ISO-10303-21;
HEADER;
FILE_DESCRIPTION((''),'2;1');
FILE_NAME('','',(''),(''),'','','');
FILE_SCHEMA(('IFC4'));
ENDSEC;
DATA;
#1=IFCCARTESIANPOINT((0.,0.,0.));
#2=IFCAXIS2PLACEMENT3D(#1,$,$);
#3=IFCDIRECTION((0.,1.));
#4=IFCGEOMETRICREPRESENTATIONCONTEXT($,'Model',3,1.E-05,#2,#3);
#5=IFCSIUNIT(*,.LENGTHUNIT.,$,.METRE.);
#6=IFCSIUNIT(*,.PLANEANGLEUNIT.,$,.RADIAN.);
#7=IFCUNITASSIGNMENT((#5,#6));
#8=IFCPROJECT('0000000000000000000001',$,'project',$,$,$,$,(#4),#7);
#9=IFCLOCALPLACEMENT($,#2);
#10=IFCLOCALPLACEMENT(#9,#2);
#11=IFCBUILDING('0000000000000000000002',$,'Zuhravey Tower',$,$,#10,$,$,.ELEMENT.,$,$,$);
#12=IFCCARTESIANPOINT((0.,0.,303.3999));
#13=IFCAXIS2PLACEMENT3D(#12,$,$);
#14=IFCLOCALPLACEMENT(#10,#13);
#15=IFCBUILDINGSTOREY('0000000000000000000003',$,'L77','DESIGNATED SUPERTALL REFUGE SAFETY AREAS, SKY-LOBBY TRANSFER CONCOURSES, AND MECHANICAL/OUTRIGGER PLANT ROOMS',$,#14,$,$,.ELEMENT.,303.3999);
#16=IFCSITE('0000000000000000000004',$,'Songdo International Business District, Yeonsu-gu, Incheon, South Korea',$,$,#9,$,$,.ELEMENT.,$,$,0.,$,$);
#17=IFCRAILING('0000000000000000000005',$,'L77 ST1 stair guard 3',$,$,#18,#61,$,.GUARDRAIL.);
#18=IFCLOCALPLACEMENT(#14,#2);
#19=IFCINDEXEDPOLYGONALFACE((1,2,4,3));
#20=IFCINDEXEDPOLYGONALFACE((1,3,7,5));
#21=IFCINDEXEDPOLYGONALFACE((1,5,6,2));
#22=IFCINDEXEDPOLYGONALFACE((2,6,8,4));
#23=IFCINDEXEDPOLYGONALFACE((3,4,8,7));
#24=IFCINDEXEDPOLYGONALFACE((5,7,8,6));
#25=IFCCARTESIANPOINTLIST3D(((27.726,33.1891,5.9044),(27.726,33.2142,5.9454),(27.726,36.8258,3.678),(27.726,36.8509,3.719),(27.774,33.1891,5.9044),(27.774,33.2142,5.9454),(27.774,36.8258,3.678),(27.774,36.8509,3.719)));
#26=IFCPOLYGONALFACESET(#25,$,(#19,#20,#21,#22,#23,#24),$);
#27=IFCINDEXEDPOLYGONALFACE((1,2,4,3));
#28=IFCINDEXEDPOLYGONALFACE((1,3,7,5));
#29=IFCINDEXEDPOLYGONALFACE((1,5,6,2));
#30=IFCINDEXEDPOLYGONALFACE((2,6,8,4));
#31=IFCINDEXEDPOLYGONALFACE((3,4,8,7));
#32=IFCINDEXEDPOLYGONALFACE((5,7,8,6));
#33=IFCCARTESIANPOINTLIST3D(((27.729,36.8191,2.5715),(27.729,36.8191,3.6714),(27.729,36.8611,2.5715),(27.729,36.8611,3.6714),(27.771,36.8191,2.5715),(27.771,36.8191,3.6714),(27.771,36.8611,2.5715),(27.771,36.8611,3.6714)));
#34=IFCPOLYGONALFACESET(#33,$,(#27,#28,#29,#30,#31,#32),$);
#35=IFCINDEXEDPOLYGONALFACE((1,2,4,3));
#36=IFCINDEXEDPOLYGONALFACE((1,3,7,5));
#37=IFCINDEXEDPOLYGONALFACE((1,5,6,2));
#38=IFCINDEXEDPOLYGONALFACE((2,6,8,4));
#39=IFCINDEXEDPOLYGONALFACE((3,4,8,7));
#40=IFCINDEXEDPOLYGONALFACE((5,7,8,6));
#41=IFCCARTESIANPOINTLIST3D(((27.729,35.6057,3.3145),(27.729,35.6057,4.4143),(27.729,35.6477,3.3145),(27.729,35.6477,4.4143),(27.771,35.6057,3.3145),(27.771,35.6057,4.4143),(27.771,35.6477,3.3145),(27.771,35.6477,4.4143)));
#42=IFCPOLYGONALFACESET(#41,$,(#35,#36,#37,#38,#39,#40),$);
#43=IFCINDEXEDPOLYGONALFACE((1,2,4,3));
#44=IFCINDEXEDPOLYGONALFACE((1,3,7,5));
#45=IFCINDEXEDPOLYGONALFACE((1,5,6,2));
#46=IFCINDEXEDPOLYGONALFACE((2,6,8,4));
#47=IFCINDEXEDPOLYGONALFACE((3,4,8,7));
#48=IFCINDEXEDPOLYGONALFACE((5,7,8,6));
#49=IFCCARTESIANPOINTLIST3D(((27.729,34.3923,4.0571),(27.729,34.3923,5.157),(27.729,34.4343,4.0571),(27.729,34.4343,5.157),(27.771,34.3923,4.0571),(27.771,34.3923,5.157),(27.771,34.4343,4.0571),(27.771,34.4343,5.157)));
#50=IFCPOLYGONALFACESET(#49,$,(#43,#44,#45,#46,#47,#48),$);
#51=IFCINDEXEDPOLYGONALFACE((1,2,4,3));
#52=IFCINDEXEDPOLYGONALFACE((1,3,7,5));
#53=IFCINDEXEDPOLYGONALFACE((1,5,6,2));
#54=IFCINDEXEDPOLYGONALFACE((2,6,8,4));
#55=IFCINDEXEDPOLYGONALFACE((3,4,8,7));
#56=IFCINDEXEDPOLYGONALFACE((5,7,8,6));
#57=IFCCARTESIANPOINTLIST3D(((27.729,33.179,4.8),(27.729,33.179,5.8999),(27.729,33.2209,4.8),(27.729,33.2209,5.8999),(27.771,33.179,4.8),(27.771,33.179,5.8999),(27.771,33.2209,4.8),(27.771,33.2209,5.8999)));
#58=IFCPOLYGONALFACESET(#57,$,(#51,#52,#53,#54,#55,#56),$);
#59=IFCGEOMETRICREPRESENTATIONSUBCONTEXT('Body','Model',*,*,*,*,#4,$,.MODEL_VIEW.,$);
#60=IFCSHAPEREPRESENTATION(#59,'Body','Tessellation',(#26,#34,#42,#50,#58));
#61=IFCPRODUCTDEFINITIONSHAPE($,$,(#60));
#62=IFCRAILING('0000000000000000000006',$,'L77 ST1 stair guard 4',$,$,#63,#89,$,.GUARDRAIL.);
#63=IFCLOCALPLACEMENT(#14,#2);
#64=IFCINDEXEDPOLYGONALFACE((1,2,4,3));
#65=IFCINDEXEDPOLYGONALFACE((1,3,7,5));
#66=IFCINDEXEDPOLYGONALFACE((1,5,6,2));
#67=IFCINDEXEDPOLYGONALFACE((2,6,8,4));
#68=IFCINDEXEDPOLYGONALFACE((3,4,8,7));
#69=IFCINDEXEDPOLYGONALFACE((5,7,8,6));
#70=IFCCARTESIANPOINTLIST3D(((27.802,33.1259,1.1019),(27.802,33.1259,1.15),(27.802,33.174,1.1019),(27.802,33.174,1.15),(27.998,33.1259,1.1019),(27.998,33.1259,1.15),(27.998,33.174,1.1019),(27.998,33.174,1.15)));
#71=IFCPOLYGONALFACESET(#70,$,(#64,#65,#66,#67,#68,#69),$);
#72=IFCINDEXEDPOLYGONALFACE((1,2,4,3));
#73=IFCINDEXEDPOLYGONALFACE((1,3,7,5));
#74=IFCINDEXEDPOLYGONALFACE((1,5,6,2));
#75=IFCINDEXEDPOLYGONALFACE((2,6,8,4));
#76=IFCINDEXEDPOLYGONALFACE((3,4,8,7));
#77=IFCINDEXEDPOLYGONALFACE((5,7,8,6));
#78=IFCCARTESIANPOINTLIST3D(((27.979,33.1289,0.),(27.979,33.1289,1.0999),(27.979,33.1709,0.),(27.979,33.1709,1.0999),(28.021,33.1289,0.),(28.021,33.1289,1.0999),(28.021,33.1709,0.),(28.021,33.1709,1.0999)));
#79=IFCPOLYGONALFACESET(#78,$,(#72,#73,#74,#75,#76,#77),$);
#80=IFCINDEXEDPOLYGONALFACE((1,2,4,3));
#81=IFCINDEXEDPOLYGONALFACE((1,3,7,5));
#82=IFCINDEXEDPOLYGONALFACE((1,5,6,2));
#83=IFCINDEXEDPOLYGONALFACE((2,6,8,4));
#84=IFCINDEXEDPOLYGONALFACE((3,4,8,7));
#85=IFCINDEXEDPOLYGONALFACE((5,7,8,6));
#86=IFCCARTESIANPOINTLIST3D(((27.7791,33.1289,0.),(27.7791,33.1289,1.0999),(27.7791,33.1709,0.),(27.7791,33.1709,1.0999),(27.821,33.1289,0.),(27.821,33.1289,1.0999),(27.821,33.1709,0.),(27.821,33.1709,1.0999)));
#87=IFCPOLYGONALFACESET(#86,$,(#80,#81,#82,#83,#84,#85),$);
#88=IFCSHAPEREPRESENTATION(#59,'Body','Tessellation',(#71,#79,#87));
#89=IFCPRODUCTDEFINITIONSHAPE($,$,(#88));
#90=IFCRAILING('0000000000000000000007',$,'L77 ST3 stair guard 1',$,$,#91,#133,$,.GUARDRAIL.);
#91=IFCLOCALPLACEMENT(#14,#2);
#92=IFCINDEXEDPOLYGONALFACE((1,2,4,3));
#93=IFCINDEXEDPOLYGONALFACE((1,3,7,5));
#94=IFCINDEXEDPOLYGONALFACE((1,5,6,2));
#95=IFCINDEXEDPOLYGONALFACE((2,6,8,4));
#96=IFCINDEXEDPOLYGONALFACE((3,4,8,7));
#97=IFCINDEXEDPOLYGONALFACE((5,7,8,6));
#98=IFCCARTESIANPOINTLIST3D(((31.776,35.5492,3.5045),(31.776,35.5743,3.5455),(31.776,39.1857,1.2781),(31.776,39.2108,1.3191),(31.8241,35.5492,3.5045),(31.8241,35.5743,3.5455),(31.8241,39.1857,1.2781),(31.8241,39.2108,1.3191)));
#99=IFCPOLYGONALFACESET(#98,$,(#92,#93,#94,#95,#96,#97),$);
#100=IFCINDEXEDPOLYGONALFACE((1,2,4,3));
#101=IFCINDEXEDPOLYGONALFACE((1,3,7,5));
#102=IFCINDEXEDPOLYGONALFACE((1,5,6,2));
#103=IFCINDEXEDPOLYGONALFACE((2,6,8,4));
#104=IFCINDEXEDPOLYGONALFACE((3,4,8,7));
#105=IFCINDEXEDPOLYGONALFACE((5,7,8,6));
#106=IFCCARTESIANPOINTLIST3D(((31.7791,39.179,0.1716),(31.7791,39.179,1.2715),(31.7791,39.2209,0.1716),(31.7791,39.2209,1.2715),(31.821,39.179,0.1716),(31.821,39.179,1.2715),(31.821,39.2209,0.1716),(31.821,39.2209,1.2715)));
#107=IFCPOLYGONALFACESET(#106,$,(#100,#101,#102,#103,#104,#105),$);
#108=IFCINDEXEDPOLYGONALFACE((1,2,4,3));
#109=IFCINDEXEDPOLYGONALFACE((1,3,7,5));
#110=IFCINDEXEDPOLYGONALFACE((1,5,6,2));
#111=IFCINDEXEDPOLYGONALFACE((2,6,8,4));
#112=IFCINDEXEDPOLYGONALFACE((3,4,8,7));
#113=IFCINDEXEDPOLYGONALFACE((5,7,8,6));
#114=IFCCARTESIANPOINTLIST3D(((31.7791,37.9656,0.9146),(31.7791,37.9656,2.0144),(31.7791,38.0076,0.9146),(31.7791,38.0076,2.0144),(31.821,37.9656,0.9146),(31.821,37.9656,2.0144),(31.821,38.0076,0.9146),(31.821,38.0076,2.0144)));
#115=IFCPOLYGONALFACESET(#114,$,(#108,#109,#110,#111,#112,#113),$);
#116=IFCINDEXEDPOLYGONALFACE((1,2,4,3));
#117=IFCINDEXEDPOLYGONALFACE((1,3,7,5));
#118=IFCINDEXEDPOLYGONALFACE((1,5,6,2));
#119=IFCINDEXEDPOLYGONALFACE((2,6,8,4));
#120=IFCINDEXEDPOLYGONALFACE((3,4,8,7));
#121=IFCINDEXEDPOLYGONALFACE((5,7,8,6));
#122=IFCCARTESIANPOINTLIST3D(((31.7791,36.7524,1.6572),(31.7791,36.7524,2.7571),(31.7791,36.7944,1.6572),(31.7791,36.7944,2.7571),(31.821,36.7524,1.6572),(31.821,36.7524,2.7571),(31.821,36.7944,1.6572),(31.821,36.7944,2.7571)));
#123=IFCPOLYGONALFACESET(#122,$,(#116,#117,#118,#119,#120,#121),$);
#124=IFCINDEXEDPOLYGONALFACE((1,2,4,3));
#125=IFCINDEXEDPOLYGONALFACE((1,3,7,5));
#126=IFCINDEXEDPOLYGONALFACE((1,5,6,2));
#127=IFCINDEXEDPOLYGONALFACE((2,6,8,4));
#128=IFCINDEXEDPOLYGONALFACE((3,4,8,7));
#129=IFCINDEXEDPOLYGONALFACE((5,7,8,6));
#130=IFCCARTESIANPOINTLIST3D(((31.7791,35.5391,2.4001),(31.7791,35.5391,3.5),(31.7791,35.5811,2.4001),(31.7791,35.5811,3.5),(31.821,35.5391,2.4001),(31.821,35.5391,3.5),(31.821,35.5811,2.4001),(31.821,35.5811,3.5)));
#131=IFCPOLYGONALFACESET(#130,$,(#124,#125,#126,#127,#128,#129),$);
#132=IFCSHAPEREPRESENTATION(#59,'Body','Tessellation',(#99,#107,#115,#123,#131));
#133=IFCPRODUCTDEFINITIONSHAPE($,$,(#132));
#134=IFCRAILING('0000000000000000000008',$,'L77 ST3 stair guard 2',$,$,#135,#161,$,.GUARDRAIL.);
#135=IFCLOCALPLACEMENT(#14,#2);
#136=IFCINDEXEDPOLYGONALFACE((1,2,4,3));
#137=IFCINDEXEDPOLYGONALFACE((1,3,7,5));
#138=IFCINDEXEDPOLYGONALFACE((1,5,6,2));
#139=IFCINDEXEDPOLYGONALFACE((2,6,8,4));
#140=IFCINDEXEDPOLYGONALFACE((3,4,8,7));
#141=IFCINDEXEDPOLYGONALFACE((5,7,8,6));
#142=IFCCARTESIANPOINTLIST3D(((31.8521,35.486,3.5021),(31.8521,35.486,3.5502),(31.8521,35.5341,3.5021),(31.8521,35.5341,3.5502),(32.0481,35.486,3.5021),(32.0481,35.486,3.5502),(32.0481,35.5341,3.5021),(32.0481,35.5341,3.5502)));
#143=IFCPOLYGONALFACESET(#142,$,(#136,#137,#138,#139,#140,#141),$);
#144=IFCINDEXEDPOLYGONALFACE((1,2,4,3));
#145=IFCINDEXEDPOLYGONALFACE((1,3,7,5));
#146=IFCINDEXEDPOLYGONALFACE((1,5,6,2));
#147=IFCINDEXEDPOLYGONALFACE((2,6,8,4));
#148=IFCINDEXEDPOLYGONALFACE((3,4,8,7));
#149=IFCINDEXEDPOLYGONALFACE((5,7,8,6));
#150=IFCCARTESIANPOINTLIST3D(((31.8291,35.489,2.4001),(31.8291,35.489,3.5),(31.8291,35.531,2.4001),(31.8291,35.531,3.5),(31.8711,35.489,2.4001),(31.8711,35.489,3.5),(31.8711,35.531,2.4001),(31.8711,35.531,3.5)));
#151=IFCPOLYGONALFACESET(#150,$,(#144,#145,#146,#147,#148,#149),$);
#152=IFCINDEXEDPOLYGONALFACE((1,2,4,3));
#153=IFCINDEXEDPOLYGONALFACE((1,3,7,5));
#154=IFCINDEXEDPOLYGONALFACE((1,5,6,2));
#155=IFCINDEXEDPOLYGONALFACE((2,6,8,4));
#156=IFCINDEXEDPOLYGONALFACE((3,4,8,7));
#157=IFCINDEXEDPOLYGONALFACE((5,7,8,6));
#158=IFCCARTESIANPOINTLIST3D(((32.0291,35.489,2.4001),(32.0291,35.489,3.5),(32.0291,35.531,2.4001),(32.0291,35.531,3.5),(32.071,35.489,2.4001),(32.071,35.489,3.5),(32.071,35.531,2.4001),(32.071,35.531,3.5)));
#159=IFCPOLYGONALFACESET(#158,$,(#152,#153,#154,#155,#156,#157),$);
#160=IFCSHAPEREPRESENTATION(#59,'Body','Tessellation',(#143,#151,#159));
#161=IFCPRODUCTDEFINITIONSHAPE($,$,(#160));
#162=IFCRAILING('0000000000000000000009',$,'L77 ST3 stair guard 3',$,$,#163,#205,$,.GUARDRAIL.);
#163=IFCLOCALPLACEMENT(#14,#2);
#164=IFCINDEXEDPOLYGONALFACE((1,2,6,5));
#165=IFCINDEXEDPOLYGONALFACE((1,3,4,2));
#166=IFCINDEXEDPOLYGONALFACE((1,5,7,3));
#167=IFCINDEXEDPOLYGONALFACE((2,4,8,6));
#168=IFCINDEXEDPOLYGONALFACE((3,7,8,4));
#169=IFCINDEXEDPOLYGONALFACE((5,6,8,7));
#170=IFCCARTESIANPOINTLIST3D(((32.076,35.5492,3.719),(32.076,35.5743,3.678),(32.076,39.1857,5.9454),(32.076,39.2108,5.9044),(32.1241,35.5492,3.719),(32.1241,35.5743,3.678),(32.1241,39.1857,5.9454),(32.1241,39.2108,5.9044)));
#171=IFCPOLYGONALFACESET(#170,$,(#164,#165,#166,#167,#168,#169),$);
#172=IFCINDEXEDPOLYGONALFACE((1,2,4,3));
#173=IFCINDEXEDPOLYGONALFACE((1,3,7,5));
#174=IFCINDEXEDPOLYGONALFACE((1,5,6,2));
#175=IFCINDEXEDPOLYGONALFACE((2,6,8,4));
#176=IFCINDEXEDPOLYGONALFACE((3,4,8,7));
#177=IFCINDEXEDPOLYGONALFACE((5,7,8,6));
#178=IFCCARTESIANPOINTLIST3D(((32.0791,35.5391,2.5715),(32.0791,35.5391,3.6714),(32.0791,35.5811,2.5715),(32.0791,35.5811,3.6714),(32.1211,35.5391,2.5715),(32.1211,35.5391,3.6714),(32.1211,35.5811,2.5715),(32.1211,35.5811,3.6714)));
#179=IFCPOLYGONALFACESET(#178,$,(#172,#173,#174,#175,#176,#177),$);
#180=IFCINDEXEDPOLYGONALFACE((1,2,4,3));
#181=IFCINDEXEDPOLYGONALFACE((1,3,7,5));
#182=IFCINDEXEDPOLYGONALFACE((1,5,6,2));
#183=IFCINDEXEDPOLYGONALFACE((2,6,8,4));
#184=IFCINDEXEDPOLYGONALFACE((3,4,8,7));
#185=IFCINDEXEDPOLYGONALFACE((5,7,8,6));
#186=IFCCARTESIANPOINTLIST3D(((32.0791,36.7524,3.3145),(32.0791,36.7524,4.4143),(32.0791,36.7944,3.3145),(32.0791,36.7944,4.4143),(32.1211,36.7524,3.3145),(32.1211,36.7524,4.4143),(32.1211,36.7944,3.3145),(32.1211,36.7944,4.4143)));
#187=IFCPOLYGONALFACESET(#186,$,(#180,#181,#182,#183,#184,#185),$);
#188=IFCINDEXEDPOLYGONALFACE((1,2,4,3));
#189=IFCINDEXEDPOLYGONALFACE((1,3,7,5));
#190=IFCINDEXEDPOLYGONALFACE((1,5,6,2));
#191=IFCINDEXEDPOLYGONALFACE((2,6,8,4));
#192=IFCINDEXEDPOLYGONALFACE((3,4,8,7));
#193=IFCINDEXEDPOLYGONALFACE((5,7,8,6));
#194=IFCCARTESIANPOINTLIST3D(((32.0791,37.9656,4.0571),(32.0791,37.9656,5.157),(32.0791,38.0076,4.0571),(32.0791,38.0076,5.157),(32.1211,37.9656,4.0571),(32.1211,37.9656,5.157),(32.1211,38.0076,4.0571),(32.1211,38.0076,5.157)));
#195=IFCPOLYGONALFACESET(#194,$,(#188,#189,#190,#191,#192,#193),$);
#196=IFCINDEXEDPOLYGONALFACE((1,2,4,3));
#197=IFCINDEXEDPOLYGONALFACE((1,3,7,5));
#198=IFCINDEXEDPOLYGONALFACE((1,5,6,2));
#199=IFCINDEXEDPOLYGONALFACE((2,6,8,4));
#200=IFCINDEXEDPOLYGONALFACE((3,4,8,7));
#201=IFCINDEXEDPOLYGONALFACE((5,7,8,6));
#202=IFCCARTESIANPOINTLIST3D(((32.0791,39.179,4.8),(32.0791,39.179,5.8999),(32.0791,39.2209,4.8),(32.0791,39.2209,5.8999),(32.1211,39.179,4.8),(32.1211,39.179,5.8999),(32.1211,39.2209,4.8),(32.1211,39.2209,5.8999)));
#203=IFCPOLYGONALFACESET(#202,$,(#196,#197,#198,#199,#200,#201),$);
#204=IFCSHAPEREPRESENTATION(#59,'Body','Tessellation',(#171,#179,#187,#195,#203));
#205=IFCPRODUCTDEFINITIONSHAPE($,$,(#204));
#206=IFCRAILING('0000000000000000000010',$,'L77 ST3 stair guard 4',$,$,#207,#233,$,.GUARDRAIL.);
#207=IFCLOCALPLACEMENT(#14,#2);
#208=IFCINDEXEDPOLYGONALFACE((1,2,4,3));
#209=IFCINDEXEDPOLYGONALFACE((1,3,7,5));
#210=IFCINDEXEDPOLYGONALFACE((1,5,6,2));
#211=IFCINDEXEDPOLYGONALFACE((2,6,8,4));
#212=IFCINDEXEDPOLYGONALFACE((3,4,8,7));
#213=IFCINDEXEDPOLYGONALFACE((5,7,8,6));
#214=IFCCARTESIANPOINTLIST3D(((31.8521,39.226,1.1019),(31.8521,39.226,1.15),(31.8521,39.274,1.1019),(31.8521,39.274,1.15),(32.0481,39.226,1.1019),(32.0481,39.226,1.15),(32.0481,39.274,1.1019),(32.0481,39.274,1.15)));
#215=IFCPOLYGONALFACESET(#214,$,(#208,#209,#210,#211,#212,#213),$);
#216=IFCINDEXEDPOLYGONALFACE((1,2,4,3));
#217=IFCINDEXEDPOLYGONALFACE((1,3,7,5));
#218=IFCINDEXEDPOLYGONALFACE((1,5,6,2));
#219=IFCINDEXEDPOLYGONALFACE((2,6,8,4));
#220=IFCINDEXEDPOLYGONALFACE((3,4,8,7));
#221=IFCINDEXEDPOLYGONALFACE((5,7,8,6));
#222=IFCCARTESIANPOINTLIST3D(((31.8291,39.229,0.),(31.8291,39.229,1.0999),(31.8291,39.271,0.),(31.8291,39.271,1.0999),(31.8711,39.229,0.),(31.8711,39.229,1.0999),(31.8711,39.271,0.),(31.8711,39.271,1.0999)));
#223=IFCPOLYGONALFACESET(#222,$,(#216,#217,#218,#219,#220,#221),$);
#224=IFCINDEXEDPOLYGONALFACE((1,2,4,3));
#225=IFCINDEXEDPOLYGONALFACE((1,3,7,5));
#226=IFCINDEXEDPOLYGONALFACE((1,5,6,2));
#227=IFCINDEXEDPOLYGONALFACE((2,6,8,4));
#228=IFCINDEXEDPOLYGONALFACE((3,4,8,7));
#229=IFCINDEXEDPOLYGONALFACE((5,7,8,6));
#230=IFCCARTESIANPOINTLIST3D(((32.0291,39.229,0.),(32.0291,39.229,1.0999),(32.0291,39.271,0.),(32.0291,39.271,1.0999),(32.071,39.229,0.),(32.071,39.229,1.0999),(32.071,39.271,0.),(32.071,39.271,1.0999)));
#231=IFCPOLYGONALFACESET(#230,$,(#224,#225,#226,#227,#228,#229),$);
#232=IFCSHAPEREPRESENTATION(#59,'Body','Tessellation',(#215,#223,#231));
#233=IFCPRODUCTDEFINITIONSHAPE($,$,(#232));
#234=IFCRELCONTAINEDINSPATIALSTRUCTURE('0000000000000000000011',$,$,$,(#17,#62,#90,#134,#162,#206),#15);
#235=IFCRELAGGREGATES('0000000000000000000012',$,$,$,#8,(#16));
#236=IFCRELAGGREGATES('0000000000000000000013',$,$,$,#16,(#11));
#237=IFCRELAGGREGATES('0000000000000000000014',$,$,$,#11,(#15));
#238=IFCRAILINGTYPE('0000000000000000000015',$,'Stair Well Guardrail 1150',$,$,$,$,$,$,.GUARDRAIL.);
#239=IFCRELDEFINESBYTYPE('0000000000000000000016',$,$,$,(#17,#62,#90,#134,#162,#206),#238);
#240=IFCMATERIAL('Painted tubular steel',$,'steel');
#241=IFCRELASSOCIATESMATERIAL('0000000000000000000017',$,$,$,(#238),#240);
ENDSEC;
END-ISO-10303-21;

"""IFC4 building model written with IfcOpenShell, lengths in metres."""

from ifc_helpers import new_model, si_unit, direction, frame, origin, origin_2d, place, context, subcontext, project, spatial, rectangle, extrude, material, type_object, element, save


model = new_model("IFC4")

# Units and contexts
model_context = context("Model", 3, precision=1e-05, world=origin(), true_north=direction((0.0, 1.0)))
body_context = subcontext(model_context, "Body", "Model", "MODEL_VIEW")
ifc_project = project(units=[si_unit("LENGTHUNIT", "METRE"), si_unit("PLANEANGLEUNIT", "RADIAN")], contexts=[model_context])

# Site, building, storey
site_placement = place(None, origin())
site = spatial("IfcSite", under=ifc_project, at=site_placement, Name="Songdo International Business District, Yeonsu-gu, Incheon, South Korea", CompositionType="ELEMENT", RefElevation=0.0)
building_placement = place(site_placement, origin())
building = spatial("IfcBuilding", under=site, at=building_placement, Name="Zuhravey Tower", CompositionType="ELEMENT")
storey_placement = place(building_placement, frame((0.0, 0.0, 303.3999)))
storey = spatial("IfcBuildingStorey", under=building, at=storey_placement, Name="L77", Description="DESIGNATED SUPERTALL REFUGE SAFETY AREAS, SKY-LOBBY TRANSFER CONCOURSES, AND MECHANICAL/OUTRIGGER PLANT ROOMS", CompositionType="ELEMENT", Elevation=303.3999)

# Railings
ifc_material_1 = material(Name="Painted tubular steel", Category="steel")
railing_type_1 = type_object("IfcRailingType", Name="Stair Well Guardrail 1150", PredefinedType="GUARDRAIL", material=ifc_material_1)
railing_1_placement = place(storey_placement, frame((27.75, 36.8401, 2.5715)))
element("IfcRailing", 1, at=railing_1_placement, inside=storey, type_object=railing_type_1, Name="L77 ST1 stair guard 3", PredefinedType="GUARDRAIL", context=body_context, shape_type="SweptSolid", body=[
    extrude(rectangle(XDim=0.0481, YDim=0.0481, at=origin_2d()), frame((0.0, -0.0017, 1.127), z_axis=(0.0, -0.852866, 0.52213), x_axis=(1.0, 0.0, 0.0)), (0.0, 0.0, 1.0), 4.2642),
    extrude(rectangle(XDim=0.042, YDim=0.042, at=origin_2d()), origin(), (0.0, 0.0, 1.0), 1.0999),
    extrude(rectangle(XDim=0.042, YDim=0.042, at=origin_2d()), frame((0.0, -1.2134, 0.7429)), (0.0, 0.0, 1.0), 1.0999),
    extrude(rectangle(XDim=0.042, YDim=0.042, at=origin_2d()), frame((0.0, -2.4268, 1.4856)), (0.0, 0.0, 1.0), 1.0999),
    extrude(rectangle(XDim=0.042, YDim=0.042, at=origin_2d()), frame((0.0, -3.6401, 2.2285)), (0.0, 0.0, 1.0), 1.0999),
])
railing_2_placement = place(storey_placement, frame((28.0, 33.1499, 0.0)))
element("IfcRailing", 2, at=railing_2_placement, inside=storey, type_object=railing_type_1, Name="L77 ST1 stair guard 4", PredefinedType="GUARDRAIL", context=body_context, shape_type="SweptSolid", body=[
    extrude(rectangle(XDim=0.0481, YDim=0.0481, at=origin_2d()), frame((-0.002, 0.0, 1.126), z_axis=(-1.0, 0.0, 0.0), x_axis=(0.0, -1.0, 0.0)), (0.0, 0.0, 1.0), 0.196),
    extrude(rectangle(XDim=0.042, YDim=0.042, at=origin_2d()), origin(), (0.0, 0.0, 1.0), 1.0999),
    extrude(rectangle(XDim=0.042, YDim=0.042, at=origin_2d()), frame((-0.2, 0.0, 0.0)), (0.0, 0.0, 1.0), 1.0999),
])
railing_3_placement = place(storey_placement, frame((31.8, 39.2, 0.1716)))
element("IfcRailing", 3, at=railing_3_placement, inside=storey, type_object=railing_type_1, Name="L77 ST3 stair guard 1", PredefinedType="GUARDRAIL", context=body_context, shape_type="SweptSolid", body=[
    extrude(rectangle(XDim=0.0481, YDim=0.0481, at=origin_2d()), frame((0.0, -0.0017, 1.127), z_axis=(0.0, -0.85285, 0.522156), x_axis=(1.0, 0.0, 0.0)), (0.0, 0.0, 1.0), 4.2639),
    extrude(rectangle(XDim=0.042, YDim=0.042, at=origin_2d()), origin(), (0.0, 0.0, 1.0), 1.0999),
    extrude(rectangle(XDim=0.042, YDim=0.042, at=origin_2d()), frame((0.0, -1.2134, 0.7429)), (0.0, 0.0, 1.0), 1.0999),
    extrude(rectangle(XDim=0.042, YDim=0.042, at=origin_2d()), frame((0.0, -2.4265, 1.4856)), (0.0, 0.0, 1.0), 1.0999),
    extrude(rectangle(XDim=0.042, YDim=0.042, at=origin_2d()), frame((0.0, -3.6399, 2.2285)), (0.0, 0.0, 1.0), 1.0999),
])
railing_4_placement = place(storey_placement, frame((31.8501, 35.51, 2.4001)))
element("IfcRailing", 4, at=railing_4_placement, inside=storey, type_object=railing_type_1, Name="L77 ST3 stair guard 2", PredefinedType="GUARDRAIL", context=body_context, shape_type="SweptSolid", body=[
    extrude(rectangle(XDim=0.0481, YDim=0.0481, at=origin_2d()), frame((0.002, 0.0, 1.126), z_axis=(1.0, 0.0, 0.0), x_axis=(0.0, 1.0, 0.0)), (0.0, 0.0, 1.0), 0.196),
    extrude(rectangle(XDim=0.042, YDim=0.042, at=origin_2d()), origin(), (0.0, 0.0, 1.0), 1.0999),
    extrude(rectangle(XDim=0.042, YDim=0.042, at=origin_2d()), frame((0.2, 0.0, 0.0)), (0.0, 0.0, 1.0), 1.0999),
])
railing_5_placement = place(storey_placement, frame((32.1001, 35.5601, 2.5715)))
element("IfcRailing", 5, at=railing_5_placement, inside=storey, type_object=railing_type_1, Name="L77 ST3 stair guard 3", PredefinedType="GUARDRAIL", context=body_context, shape_type="SweptSolid", body=[
    extrude(rectangle(XDim=0.0481, YDim=0.0481, at=origin_2d()), frame((0.0, 0.0017, 1.127), z_axis=(0.0, 0.85285, 0.522156), x_axis=(-1.0, 0.0, 0.0)), (0.0, 0.0, 1.0), 4.2639),
    extrude(rectangle(XDim=0.042, YDim=0.042, at=origin_2d()), origin(), (0.0, 0.0, 1.0), 1.0999),
    extrude(rectangle(XDim=0.042, YDim=0.042, at=origin_2d()), frame((0.0, 1.2134, 0.7429)), (0.0, 0.0, 1.0), 1.0999),
    extrude(rectangle(XDim=0.042, YDim=0.042, at=origin_2d()), frame((0.0, 2.4265, 1.4856)), (0.0, 0.0, 1.0), 1.0999),
    extrude(rectangle(XDim=0.042, YDim=0.042, at=origin_2d()), frame((0.0, 3.6399, 2.2285)), (0.0, 0.0, 1.0), 1.0999),
])
railing_6_placement = place(storey_placement, frame((31.8501, 39.25, 0.0)))
element("IfcRailing", 6, at=railing_6_placement, inside=storey, type_object=railing_type_1, Name="L77 ST3 stair guard 4", PredefinedType="GUARDRAIL", context=body_context, shape_type="SweptSolid", body=[
    extrude(rectangle(XDim=0.0481, YDim=0.0481, at=origin_2d()), frame((0.002, 0.0, 1.126), z_axis=(1.0, 0.0, 0.0), x_axis=(0.0, 1.0, 0.0)), (0.0, 0.0, 1.0), 0.196),
    extrude(rectangle(XDim=0.042, YDim=0.042, at=origin_2d()), origin(), (0.0, 0.0, 1.0), 1.0999),
    extrude(rectangle(XDim=0.042, YDim=0.042, at=origin_2d()), frame((0.2, 0.0, 0.0)), (0.0, 0.0, 1.0), 1.0999),
])

save(model, "model.ifc")
